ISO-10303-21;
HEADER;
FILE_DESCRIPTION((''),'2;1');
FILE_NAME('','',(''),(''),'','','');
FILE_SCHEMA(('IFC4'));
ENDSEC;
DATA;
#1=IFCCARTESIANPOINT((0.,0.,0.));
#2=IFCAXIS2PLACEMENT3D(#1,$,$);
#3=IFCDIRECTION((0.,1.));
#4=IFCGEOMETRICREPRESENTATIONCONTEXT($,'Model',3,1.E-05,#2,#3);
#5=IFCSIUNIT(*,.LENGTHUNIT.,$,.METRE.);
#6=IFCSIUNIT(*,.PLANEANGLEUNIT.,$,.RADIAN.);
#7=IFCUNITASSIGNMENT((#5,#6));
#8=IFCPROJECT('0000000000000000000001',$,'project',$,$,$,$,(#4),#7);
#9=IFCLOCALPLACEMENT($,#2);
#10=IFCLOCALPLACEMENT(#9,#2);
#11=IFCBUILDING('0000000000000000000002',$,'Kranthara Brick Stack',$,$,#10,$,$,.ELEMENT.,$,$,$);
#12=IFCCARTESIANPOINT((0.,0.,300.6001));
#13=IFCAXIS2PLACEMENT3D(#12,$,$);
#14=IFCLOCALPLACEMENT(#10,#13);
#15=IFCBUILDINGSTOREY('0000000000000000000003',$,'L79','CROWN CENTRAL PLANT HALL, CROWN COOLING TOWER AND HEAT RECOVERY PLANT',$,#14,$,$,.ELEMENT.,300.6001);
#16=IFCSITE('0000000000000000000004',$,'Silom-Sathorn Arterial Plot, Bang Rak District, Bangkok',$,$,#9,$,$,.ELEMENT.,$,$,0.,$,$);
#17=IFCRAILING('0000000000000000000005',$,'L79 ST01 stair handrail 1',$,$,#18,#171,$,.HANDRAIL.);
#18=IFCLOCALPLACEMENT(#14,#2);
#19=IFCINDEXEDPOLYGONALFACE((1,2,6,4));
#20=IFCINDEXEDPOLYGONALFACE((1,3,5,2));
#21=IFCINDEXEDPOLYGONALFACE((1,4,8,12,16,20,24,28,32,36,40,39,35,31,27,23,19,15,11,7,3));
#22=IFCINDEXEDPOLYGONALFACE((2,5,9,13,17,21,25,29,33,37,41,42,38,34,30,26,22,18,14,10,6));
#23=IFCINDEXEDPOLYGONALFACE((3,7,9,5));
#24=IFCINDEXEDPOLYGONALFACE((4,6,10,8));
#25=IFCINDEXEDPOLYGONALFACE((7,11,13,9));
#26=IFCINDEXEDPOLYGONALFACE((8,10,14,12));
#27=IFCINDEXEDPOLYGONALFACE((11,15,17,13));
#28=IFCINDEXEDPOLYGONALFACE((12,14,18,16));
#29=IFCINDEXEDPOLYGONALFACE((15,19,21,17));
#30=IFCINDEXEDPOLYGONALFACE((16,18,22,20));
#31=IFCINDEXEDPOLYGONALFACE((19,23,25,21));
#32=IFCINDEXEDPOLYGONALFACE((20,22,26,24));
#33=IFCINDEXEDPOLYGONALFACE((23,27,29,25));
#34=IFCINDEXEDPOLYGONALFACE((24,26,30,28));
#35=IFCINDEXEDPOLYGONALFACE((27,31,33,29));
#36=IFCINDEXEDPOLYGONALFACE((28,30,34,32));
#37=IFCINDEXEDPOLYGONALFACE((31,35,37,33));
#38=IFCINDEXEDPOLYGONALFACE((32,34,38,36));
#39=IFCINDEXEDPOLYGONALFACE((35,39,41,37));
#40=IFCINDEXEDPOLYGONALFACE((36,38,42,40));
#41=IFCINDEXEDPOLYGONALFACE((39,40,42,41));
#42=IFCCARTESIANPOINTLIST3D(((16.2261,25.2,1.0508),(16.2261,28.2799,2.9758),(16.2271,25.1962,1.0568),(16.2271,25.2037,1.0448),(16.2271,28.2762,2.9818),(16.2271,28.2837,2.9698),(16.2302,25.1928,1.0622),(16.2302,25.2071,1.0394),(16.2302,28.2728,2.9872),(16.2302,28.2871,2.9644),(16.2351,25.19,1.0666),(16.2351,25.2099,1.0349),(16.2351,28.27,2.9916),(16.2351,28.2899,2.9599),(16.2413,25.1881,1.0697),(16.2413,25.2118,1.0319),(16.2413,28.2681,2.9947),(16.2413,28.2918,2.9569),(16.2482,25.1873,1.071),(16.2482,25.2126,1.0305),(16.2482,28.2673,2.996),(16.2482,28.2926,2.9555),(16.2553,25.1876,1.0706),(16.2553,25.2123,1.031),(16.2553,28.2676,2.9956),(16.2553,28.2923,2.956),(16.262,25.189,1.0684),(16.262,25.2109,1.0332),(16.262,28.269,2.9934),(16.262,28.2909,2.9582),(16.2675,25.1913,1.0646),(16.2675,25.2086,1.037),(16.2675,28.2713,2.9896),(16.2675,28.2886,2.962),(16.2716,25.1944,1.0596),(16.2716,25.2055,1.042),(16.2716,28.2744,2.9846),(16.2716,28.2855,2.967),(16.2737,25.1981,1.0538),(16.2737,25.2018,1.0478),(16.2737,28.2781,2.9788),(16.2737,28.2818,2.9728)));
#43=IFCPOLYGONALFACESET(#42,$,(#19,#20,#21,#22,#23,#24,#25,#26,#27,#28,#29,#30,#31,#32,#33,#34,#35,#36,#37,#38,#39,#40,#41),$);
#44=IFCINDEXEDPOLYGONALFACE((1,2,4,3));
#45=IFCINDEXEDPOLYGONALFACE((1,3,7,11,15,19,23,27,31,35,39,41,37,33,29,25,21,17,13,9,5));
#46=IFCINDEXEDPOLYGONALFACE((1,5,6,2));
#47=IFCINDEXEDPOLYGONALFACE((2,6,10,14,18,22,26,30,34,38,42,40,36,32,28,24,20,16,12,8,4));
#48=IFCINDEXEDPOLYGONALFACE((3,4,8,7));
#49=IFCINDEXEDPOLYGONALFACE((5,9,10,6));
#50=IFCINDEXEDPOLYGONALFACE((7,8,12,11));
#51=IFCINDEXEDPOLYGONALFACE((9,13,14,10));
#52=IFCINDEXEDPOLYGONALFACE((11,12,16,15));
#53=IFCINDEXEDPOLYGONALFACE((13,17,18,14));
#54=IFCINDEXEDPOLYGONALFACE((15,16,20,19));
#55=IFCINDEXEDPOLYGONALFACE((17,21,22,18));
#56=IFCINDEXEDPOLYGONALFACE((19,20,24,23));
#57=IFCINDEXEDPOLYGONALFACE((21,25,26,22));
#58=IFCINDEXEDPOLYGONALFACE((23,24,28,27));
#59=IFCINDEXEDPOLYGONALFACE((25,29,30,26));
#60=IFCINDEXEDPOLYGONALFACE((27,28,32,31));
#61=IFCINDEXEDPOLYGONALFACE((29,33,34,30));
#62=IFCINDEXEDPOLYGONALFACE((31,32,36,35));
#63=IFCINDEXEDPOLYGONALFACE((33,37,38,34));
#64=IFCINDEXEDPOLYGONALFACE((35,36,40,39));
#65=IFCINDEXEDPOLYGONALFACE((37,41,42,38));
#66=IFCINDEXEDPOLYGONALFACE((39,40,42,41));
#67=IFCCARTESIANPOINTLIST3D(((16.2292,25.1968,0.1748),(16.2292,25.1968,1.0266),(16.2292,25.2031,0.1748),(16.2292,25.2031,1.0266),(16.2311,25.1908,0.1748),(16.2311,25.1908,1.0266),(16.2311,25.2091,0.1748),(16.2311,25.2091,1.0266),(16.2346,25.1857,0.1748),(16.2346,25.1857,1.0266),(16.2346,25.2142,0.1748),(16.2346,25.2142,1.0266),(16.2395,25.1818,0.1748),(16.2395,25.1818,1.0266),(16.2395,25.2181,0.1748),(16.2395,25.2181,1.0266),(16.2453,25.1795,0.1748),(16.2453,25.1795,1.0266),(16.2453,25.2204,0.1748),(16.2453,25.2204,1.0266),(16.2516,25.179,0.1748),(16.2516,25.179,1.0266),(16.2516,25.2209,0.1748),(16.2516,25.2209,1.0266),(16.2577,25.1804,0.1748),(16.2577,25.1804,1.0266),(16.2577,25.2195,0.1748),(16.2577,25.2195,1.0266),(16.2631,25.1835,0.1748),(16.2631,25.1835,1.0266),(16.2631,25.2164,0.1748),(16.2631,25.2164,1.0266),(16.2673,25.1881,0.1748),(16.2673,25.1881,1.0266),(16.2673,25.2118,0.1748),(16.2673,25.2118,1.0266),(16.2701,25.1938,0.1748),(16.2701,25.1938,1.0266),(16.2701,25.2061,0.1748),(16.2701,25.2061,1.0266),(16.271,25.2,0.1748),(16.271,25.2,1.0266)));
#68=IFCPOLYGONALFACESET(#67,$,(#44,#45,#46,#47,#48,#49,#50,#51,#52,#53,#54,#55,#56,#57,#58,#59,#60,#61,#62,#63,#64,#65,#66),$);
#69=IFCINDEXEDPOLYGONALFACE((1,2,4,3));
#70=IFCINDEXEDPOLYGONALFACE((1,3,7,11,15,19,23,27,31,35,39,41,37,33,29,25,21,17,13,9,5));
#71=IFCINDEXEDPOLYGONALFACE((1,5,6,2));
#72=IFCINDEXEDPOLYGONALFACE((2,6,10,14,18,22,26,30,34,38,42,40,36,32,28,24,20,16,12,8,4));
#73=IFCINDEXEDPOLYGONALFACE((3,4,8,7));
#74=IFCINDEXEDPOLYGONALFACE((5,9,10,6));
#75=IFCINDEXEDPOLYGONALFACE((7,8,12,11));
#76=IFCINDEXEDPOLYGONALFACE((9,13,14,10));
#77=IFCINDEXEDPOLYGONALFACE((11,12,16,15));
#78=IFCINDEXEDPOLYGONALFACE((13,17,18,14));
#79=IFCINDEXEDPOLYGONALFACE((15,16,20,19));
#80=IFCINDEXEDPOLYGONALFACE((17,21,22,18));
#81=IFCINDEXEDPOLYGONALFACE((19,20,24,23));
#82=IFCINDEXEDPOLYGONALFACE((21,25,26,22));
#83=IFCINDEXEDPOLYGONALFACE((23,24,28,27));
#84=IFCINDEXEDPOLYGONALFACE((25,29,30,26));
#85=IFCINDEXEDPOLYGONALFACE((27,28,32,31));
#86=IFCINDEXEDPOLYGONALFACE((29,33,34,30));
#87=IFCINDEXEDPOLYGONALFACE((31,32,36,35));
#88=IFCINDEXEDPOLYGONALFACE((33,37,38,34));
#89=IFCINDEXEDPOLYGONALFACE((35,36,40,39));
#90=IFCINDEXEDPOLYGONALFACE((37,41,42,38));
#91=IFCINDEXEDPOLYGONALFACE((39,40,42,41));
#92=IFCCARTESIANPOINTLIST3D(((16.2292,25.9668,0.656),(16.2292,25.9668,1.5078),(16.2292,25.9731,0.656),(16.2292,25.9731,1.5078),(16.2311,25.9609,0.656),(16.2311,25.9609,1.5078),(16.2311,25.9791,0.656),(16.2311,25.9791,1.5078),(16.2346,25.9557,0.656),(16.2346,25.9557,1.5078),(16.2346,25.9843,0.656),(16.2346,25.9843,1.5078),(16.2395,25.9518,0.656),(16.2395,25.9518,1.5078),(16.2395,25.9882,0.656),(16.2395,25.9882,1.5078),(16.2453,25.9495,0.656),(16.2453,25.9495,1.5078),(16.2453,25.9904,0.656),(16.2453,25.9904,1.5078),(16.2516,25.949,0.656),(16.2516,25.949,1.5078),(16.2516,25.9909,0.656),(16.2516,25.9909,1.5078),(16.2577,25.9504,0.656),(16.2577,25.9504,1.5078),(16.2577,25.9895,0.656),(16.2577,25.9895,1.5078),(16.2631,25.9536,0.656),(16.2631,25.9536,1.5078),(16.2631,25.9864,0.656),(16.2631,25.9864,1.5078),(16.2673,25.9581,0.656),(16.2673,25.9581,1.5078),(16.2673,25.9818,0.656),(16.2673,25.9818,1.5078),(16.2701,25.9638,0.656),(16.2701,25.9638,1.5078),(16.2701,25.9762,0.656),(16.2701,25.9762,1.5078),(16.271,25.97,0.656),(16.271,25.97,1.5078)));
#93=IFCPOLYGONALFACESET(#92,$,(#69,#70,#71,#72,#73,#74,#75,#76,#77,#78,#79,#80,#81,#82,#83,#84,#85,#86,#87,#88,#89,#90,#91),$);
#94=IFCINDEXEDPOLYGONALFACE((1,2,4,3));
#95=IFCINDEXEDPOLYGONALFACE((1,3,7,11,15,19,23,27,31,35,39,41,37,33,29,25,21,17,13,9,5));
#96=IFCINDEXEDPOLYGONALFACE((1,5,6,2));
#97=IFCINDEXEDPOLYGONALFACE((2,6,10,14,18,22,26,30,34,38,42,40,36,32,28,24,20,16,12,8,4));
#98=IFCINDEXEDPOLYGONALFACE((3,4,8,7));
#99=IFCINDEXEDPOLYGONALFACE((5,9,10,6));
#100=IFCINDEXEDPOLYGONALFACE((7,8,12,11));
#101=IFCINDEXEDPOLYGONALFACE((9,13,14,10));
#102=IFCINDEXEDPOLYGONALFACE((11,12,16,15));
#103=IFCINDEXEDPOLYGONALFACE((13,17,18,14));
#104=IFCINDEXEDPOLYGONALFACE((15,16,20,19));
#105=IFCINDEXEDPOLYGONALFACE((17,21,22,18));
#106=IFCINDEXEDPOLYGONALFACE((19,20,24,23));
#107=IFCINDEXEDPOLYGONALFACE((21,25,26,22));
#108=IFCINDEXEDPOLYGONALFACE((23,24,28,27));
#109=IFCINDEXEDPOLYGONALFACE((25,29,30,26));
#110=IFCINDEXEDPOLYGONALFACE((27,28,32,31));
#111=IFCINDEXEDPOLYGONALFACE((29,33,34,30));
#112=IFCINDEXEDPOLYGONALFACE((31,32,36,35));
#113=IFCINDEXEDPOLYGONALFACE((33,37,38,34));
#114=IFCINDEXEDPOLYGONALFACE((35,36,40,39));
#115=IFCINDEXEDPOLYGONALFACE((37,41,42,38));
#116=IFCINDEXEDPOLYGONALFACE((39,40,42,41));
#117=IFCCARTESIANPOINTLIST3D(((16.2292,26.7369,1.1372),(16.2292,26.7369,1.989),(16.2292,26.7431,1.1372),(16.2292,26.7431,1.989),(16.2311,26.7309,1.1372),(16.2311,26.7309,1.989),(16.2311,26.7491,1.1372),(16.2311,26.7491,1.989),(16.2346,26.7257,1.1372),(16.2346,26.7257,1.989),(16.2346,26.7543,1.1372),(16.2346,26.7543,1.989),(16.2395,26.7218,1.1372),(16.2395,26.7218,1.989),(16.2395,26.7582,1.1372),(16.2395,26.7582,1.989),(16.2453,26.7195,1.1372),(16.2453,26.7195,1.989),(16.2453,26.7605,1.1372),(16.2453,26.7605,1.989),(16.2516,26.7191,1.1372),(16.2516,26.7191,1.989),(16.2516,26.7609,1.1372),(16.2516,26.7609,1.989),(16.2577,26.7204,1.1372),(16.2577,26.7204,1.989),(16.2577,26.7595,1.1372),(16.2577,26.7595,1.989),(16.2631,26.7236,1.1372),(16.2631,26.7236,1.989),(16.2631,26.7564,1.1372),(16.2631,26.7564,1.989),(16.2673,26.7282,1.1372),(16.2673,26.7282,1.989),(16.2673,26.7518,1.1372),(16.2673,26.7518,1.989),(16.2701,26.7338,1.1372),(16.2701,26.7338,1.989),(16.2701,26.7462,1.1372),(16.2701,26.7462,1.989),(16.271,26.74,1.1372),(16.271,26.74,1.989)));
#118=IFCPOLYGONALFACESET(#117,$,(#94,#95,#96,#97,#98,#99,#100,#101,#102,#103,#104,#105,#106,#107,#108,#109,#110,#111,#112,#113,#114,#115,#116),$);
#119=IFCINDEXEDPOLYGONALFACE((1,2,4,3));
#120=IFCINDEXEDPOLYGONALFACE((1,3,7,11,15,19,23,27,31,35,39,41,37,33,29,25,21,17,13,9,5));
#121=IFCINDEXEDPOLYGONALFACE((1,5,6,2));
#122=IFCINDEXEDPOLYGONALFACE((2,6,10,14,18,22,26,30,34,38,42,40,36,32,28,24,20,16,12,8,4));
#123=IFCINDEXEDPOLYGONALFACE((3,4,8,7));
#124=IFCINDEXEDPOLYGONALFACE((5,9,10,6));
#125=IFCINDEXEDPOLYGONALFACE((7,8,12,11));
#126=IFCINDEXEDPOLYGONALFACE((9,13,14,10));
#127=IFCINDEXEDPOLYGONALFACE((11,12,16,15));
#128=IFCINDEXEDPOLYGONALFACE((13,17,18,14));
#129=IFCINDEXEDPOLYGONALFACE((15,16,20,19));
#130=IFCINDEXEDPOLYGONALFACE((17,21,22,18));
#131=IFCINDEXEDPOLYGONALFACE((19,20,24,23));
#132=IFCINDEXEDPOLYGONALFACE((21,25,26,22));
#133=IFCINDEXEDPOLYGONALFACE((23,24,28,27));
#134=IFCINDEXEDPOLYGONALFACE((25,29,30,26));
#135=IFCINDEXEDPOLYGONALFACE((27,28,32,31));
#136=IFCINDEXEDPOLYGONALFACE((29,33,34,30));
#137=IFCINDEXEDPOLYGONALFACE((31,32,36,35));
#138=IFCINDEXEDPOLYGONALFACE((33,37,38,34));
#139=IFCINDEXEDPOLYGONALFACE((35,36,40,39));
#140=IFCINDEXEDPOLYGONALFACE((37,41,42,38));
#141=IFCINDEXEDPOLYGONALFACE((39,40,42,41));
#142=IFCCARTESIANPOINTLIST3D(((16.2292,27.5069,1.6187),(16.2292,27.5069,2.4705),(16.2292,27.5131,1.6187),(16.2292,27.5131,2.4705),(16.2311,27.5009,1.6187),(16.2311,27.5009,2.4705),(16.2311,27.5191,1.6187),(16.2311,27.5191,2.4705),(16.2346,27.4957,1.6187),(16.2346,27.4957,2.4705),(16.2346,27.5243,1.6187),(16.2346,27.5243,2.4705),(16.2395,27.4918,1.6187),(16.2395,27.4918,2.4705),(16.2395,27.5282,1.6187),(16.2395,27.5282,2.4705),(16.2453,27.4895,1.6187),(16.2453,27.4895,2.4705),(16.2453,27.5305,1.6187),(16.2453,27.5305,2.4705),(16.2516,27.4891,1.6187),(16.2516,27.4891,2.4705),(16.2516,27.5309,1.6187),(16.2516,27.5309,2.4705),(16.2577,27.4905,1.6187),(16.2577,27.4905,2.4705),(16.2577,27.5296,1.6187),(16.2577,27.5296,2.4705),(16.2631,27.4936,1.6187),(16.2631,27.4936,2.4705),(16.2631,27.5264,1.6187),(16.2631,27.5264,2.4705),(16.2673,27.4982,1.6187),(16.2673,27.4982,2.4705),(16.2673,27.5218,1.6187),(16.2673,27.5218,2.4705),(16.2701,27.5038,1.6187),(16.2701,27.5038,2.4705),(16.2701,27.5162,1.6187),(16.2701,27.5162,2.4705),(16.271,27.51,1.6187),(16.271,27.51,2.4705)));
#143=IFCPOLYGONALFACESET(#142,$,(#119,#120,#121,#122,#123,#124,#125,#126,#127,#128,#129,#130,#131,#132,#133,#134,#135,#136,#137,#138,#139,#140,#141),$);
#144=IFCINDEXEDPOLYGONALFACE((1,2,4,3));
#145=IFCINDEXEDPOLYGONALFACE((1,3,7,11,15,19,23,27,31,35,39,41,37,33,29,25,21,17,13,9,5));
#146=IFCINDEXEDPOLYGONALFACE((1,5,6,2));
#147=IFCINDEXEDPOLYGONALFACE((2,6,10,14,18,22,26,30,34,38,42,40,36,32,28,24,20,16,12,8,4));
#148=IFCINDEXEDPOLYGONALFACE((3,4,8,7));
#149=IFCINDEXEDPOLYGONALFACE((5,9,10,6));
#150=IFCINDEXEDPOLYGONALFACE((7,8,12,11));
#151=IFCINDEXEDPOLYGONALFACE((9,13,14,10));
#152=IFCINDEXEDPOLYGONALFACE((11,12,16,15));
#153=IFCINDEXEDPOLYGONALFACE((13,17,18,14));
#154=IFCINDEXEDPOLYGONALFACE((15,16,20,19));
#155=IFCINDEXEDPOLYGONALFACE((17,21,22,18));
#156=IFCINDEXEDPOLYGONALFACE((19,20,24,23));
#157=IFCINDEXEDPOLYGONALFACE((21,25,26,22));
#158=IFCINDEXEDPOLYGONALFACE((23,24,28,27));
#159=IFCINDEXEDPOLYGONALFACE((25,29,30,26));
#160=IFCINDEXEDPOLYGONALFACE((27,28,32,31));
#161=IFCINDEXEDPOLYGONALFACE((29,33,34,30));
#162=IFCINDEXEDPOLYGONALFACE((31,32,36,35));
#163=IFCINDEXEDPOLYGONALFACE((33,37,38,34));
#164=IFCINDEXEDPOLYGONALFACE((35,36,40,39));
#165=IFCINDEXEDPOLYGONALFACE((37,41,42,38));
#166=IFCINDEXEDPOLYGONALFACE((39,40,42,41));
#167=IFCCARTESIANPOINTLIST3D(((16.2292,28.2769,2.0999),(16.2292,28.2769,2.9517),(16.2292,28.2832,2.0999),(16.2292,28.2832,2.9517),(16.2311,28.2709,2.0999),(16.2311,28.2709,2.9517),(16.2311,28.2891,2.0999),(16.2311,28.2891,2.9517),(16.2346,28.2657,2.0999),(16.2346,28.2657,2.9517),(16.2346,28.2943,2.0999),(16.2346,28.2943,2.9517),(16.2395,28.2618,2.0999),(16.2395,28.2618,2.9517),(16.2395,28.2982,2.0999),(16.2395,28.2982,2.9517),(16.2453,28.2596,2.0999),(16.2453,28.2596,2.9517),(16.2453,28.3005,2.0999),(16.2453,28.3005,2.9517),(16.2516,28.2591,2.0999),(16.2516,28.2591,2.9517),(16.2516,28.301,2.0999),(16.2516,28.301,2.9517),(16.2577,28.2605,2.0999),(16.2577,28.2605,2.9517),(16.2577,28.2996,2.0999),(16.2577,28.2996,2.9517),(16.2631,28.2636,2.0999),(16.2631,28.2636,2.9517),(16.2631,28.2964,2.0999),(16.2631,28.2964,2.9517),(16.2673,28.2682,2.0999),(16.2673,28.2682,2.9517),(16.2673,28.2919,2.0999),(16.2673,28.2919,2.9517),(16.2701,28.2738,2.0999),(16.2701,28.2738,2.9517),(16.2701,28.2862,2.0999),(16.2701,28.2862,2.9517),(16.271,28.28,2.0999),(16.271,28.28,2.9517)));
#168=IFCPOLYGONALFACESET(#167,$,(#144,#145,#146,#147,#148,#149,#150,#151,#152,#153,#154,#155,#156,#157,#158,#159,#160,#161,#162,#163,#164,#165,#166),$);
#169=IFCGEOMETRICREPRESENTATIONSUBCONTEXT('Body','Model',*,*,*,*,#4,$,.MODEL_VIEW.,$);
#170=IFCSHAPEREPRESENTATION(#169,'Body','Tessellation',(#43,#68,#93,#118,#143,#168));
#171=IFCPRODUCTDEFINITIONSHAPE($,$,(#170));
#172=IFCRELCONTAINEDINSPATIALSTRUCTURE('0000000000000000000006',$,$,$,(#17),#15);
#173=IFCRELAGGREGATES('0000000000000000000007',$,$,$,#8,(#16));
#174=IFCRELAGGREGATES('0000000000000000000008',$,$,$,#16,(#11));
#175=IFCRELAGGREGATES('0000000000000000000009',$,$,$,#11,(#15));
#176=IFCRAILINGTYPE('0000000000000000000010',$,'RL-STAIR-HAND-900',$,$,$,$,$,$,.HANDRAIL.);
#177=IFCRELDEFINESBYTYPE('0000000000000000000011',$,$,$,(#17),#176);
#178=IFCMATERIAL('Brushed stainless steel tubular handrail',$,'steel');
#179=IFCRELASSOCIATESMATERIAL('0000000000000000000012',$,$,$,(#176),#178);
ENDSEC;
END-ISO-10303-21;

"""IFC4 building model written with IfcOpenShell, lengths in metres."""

from ifc_helpers import new_model, si_unit, direction, frame, origin, origin_2d, place, context, subcontext, project, spatial, circle, extrude, material, type_object, element, save


model = new_model("IFC4")

# Units and contexts
model_context = context("Model", 3, precision=1e-05, world=origin(), true_north=direction((0.0, 1.0)))
body_context = subcontext(model_context, "Body", "Model", "MODEL_VIEW")
ifc_project = project(units=[si_unit("LENGTHUNIT", "METRE"), si_unit("PLANEANGLEUNIT", "RADIAN")], contexts=[model_context])

# Site, building, storey
site_placement = place(None, origin())
site = spatial("IfcSite", under=ifc_project, at=site_placement, Name="Silom-Sathorn Arterial Plot, Bang Rak District, Bangkok", CompositionType="ELEMENT", RefElevation=0.0)
building_placement = place(site_placement, origin())
building = spatial("IfcBuilding", under=site, at=building_placement, Name="Kranthara Brick Stack", CompositionType="ELEMENT")
storey_placement = place(building_placement, frame((0.0, 0.0, 300.6001)))
storey = spatial("IfcBuildingStorey", under=building, at=storey_placement, Name="L79", Description="CROWN CENTRAL PLANT HALL, CROWN COOLING TOWER AND HEAT RECOVERY PLANT", CompositionType="ELEMENT", Elevation=300.6001)

# Railing
ifc_material_1 = material(Name="Brushed stainless steel tubular handrail", Category="steel")
railing_type_1 = type_object("IfcRailingType", Name="RL-STAIR-HAND-900", PredefinedType="HANDRAIL", material=ifc_material_1)
railing_1_placement = place(storey_placement, frame((16.25, 25.2, 0.1748)))
element("IfcRailing", 1, at=railing_1_placement, inside=storey, type_object=railing_type_1, Name="L79 ST01 stair handrail 1", PredefinedType="HANDRAIL", context=body_context, shape_type="SweptSolid", body=[
    extrude(circle(Radius=0.0239, at=origin_2d()), frame((0.0, 0.0, 0.876), z_axis=(0.0, 0.847998, 0.529999), x_axis=(-1.0, 0.0, 0.0)), (0.0, 0.0, 1.0), 3.6321),
    extrude(circle(Radius=0.021, at=origin_2d()), origin(), (0.0, 0.0, 1.0), 0.8518),
    extrude(circle(Radius=0.021, at=origin_2d()), frame((0.0, 0.77, 0.4812)), (0.0, 0.0, 1.0), 0.8518),
    extrude(circle(Radius=0.021, at=origin_2d()), frame((0.0, 1.54, 0.9624)), (0.0, 0.0, 1.0), 0.8518),
    extrude(circle(Radius=0.021, at=origin_2d()), frame((0.0, 2.3101, 1.4438)), (0.0, 0.0, 1.0), 0.8518),
    extrude(circle(Radius=0.021, at=origin_2d()), frame((0.0, 3.0801, 1.925)), (0.0, 0.0, 1.0), 0.8518),
])

save(model, "model.ifc")
